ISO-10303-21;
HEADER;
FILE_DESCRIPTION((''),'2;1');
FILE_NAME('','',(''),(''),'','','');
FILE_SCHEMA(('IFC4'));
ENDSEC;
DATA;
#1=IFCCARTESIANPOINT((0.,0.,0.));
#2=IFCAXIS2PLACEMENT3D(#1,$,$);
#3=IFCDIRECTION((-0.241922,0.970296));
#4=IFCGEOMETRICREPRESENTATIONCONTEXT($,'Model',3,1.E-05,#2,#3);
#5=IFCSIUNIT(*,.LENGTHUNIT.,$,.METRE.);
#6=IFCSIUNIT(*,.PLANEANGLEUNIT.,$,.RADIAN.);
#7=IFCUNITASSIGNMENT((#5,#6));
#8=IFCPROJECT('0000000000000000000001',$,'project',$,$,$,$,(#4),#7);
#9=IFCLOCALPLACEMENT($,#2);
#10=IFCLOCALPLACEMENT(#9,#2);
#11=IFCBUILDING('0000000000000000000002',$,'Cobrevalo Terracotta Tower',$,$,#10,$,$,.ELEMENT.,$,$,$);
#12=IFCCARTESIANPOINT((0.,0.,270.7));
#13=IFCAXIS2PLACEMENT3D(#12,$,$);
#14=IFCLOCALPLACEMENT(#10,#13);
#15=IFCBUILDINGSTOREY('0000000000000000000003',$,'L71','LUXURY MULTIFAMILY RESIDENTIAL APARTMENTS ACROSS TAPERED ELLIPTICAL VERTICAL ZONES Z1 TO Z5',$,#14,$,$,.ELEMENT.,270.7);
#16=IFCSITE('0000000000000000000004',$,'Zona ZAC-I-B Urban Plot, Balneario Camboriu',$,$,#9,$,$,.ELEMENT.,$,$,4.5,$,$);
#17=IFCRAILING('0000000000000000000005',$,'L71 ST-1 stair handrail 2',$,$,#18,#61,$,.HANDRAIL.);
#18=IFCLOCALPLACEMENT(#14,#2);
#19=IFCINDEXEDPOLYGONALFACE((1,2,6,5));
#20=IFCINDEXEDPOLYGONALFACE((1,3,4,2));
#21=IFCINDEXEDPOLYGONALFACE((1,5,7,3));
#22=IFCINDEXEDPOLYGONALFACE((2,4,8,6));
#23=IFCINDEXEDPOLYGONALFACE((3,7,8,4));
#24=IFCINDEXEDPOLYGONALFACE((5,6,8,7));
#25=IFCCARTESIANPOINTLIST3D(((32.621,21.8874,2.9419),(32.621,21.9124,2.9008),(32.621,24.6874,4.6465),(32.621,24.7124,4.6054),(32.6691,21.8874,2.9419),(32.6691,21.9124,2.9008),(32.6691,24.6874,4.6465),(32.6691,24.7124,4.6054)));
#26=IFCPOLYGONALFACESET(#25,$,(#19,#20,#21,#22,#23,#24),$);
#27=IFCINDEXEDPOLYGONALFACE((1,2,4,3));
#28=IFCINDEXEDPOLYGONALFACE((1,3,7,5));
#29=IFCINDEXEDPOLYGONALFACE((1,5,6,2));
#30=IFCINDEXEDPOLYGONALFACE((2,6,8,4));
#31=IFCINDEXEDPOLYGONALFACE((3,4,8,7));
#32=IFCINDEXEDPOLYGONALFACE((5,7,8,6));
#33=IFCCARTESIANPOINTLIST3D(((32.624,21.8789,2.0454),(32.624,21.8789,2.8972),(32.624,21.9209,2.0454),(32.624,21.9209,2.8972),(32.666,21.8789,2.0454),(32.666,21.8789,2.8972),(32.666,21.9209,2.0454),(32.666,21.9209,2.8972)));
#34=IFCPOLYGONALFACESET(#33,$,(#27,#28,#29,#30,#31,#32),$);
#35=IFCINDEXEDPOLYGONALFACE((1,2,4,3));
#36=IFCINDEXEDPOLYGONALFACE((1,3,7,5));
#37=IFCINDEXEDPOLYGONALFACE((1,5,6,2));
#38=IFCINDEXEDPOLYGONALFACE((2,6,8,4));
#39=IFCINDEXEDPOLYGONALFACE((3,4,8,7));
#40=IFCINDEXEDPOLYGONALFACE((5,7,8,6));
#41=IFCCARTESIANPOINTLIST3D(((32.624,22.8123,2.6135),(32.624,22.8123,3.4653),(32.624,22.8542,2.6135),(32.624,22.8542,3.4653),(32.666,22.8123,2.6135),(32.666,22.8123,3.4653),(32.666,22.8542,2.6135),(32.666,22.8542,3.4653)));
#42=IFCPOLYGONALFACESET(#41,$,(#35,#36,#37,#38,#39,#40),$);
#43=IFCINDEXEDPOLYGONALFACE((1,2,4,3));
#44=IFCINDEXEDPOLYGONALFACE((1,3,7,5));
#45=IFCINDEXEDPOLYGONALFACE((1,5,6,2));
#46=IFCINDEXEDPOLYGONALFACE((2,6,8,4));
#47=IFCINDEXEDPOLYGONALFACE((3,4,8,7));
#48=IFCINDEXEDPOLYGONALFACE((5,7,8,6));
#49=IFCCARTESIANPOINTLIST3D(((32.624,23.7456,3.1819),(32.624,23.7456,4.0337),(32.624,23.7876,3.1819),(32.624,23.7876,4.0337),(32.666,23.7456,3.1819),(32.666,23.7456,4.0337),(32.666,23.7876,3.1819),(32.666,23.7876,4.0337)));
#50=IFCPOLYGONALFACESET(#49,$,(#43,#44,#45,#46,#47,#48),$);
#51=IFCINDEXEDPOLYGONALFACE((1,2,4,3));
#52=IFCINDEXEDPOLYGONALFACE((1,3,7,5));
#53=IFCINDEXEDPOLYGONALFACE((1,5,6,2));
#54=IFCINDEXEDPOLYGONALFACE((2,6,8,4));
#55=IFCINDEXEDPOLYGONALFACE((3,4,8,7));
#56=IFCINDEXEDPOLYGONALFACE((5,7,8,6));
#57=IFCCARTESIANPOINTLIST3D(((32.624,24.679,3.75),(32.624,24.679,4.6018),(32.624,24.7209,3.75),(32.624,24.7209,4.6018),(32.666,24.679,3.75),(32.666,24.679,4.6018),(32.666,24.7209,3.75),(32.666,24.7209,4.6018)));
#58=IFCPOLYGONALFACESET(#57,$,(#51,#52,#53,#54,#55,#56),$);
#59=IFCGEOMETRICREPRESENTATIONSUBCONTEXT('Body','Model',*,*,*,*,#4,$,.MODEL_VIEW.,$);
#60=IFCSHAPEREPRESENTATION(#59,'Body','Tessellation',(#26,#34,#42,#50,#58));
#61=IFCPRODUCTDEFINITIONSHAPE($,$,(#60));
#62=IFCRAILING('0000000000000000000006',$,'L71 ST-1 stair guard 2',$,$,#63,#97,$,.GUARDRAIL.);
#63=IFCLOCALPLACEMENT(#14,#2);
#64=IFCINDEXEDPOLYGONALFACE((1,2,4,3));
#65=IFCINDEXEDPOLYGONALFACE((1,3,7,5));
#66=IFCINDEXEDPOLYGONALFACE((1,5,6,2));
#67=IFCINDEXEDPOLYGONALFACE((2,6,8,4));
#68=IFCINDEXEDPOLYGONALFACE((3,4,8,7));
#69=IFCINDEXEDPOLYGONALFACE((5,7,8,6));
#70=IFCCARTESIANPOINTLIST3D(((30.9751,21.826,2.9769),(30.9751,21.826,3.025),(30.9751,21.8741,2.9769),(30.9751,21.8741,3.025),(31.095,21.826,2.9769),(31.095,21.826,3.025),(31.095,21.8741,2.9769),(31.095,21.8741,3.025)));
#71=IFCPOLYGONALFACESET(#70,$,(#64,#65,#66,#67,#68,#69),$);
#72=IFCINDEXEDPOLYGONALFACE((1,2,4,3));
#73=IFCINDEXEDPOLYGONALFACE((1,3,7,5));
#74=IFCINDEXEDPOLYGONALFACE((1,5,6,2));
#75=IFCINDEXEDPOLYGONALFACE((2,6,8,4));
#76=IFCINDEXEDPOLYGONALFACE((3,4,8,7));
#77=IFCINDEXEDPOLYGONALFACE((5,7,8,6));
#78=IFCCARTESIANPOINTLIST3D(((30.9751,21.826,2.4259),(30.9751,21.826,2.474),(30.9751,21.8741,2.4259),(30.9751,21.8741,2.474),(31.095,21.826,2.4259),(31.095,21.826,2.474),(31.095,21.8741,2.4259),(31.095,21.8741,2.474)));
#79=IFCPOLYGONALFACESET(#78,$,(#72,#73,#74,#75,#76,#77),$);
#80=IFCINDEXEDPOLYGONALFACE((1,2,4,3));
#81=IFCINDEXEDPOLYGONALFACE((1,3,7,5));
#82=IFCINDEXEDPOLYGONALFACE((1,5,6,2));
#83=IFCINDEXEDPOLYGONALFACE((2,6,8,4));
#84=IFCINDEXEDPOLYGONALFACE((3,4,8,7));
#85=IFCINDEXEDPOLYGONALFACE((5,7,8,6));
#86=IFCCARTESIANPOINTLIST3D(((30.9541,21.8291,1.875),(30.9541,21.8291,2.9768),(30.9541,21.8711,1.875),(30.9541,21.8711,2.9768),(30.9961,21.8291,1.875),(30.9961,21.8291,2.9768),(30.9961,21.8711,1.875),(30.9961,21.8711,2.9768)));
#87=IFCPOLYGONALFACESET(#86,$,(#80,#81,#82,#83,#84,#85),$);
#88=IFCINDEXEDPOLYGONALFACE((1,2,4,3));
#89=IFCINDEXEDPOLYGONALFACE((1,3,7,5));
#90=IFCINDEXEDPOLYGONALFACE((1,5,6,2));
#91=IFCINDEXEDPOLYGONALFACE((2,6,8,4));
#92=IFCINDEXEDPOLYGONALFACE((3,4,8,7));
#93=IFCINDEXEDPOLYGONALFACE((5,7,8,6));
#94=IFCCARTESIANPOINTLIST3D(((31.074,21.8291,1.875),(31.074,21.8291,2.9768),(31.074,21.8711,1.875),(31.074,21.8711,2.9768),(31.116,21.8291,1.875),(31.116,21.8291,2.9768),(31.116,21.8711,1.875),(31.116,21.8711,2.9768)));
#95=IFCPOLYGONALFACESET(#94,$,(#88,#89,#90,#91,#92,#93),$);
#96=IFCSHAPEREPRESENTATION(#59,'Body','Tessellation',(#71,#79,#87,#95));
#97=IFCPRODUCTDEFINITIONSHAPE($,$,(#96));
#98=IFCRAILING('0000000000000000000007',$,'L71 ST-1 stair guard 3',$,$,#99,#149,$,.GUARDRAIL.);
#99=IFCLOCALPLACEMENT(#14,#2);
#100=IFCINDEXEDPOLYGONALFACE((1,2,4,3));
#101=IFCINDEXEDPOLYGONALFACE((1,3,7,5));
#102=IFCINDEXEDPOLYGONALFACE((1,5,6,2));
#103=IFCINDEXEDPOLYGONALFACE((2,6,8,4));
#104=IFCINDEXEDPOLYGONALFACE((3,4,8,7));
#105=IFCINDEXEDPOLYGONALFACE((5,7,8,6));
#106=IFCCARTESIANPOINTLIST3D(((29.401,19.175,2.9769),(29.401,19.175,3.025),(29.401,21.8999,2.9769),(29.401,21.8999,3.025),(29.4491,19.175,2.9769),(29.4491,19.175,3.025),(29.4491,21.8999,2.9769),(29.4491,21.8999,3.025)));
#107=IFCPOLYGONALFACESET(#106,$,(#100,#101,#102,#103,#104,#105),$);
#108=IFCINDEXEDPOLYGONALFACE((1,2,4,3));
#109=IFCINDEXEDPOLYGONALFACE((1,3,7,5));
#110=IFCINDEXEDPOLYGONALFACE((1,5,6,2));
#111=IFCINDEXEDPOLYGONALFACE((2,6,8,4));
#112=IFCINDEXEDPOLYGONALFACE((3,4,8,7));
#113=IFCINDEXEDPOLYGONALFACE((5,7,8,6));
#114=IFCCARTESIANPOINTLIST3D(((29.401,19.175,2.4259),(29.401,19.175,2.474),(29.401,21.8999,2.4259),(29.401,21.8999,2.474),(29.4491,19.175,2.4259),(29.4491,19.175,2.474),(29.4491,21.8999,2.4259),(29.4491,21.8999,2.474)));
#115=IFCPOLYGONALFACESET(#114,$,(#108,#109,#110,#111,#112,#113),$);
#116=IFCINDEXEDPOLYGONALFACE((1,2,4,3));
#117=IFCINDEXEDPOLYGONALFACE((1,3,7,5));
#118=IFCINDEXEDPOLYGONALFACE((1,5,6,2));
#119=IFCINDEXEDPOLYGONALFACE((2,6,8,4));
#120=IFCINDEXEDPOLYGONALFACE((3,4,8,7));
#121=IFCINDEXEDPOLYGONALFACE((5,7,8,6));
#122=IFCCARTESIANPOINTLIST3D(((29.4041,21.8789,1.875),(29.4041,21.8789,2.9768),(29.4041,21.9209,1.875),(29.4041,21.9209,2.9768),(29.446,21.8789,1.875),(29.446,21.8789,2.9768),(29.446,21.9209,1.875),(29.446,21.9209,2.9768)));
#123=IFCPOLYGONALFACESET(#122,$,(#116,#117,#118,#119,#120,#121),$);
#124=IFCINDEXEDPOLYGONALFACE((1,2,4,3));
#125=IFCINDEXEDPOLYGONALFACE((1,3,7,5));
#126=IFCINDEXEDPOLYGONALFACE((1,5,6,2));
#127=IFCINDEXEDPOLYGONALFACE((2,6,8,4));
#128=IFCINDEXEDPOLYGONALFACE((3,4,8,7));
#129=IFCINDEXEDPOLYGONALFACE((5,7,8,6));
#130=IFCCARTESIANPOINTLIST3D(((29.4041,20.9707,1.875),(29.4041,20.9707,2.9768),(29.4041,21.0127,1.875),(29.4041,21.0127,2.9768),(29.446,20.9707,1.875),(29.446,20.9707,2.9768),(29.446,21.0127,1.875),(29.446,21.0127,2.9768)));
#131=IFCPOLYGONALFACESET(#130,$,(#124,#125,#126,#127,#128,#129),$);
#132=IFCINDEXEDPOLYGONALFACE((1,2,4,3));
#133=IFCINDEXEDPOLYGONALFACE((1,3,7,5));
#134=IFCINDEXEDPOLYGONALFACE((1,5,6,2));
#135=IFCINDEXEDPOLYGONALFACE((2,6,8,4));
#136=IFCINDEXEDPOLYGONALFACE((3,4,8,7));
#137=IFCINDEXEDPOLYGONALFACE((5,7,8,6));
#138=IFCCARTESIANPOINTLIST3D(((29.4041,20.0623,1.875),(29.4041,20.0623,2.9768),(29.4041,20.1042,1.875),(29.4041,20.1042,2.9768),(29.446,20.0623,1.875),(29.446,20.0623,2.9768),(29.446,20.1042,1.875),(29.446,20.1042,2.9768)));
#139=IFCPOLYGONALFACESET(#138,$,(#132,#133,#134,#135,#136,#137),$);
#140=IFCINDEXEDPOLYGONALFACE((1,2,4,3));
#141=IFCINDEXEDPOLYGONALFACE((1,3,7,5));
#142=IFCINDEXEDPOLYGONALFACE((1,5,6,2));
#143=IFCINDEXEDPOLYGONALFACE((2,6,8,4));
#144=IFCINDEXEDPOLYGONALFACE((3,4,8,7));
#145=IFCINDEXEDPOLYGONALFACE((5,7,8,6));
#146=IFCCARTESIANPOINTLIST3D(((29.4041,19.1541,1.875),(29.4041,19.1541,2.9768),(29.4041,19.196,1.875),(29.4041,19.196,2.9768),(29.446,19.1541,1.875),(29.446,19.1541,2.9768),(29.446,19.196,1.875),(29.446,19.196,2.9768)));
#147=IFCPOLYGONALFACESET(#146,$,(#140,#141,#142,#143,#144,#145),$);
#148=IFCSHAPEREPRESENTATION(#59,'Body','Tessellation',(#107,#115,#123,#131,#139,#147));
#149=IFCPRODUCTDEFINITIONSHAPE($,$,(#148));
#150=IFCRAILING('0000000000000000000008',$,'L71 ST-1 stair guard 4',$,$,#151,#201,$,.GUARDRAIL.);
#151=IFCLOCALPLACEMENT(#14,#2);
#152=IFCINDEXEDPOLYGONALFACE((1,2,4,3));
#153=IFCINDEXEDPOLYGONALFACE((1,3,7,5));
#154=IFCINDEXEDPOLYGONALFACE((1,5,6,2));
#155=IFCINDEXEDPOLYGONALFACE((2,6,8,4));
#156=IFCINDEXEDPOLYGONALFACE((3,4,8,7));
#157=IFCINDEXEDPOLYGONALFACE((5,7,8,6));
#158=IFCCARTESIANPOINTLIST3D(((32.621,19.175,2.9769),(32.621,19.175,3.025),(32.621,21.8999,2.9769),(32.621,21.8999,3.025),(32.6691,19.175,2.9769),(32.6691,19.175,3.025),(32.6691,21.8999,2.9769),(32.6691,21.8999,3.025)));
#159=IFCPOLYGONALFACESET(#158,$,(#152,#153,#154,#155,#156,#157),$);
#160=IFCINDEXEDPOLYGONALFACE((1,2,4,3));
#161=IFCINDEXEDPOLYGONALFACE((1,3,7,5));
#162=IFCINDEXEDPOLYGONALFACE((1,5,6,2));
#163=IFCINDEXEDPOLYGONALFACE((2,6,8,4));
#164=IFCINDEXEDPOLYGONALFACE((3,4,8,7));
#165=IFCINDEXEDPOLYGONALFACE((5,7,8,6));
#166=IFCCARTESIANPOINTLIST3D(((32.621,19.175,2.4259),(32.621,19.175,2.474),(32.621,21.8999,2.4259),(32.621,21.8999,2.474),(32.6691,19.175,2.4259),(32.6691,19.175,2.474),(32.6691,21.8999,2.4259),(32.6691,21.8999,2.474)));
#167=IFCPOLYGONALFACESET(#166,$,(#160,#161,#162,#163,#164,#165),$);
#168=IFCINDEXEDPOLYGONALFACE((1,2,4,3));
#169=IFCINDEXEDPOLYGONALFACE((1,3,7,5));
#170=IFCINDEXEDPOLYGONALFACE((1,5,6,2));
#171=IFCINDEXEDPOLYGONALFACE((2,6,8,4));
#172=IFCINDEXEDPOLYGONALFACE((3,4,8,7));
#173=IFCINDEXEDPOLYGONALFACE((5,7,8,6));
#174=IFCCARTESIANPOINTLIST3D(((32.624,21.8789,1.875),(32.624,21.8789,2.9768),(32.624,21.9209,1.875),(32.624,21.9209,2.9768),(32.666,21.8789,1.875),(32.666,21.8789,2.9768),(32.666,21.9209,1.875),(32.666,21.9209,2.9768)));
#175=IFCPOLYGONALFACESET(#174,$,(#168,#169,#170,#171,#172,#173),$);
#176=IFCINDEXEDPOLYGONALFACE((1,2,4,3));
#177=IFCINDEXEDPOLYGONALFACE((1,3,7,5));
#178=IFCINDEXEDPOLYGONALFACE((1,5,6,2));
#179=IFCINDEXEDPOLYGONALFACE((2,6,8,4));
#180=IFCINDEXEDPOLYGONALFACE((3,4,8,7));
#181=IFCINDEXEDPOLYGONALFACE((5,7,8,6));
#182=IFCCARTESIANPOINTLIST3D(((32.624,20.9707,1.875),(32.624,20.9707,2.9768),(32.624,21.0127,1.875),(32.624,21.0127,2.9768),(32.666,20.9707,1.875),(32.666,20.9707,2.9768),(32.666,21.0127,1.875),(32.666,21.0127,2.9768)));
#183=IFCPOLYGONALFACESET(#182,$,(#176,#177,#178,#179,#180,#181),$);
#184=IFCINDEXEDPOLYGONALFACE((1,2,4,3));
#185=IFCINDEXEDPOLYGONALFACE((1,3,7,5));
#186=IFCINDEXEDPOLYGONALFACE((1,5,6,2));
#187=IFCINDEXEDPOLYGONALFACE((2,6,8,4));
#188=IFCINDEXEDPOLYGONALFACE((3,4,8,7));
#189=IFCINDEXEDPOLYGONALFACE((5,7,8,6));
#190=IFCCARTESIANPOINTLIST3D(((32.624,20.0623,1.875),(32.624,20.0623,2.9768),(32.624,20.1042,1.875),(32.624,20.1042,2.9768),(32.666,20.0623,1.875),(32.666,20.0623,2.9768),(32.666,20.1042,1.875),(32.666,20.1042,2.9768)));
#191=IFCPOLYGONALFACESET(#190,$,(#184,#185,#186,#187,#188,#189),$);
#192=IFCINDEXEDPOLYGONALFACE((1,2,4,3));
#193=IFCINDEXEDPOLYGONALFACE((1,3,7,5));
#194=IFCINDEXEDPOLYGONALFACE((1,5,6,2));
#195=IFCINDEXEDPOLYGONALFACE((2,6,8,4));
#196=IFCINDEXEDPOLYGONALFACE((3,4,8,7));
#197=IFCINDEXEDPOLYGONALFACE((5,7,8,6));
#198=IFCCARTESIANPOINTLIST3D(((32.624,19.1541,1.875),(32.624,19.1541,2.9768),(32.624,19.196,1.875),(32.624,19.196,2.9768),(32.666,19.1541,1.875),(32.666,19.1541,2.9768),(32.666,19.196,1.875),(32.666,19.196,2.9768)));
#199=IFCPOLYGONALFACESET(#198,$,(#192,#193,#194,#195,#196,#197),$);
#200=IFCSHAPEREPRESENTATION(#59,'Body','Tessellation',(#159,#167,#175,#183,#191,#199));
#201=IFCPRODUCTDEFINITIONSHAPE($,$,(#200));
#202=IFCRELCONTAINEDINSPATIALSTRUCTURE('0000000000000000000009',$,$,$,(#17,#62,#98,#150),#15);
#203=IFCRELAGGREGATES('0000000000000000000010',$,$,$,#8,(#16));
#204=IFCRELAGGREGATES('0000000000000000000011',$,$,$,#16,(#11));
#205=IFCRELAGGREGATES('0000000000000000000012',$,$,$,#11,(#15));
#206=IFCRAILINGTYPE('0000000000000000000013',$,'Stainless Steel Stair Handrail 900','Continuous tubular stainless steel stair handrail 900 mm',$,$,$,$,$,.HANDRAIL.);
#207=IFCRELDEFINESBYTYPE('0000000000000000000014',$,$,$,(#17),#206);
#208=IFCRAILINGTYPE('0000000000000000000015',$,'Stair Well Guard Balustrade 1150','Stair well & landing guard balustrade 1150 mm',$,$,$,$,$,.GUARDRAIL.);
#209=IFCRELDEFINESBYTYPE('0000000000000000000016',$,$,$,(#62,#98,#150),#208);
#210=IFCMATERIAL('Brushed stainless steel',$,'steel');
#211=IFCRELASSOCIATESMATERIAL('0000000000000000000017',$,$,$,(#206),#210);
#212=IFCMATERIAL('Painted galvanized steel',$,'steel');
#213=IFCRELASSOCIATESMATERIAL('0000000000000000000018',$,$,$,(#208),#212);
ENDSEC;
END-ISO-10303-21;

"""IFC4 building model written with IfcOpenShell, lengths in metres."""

from ifc_helpers import new_model, si_unit, direction, frame, origin, origin_2d, place, context, subcontext, project, spatial, rectangle, extrude, material, type_object, element, save


model = new_model("IFC4")

# Units and contexts
model_context = context("Model", 3, precision=1e-05, world=origin(), true_north=direction((-0.241922, 0.970296)))
body_context = subcontext(model_context, "Body", "Model", "MODEL_VIEW")
ifc_project = project(units=[si_unit("LENGTHUNIT", "METRE"), si_unit("PLANEANGLEUNIT", "RADIAN")], contexts=[model_context])

# Site, building, storey
site_placement = place(None, origin())
site = spatial("IfcSite", under=ifc_project, at=site_placement, Name="Zona ZAC-I-B Urban Plot, Balneario Camboriu", CompositionType="ELEMENT", RefElevation=4.5)
building_placement = place(site_placement, origin())
building = spatial("IfcBuilding", under=site, at=building_placement, Name="Cobrevalo Terracotta Tower", CompositionType="ELEMENT")
storey_placement = place(building_placement, frame((0.0, 0.0, 270.7)))
storey = spatial("IfcBuildingStorey", under=building, at=storey_placement, Name="L71", Description="LUXURY MULTIFAMILY RESIDENTIAL APARTMENTS ACROSS TAPERED ELLIPTICAL VERTICAL ZONES Z1 TO Z5", CompositionType="ELEMENT", Elevation=270.7)

# Railings
ifc_material_1 = material(Name="Brushed stainless steel", Category="steel")
railing_type_1 = type_object("IfcRailingType", Name="Stainless Steel Stair Handrail 900", Description="Continuous tubular stainless steel stair handrail 900 mm", PredefinedType="HANDRAIL", material=ifc_material_1)
railing_1_placement = place(storey_placement, frame((32.645, 21.8999, 2.0454)))
element("IfcRailing", 1, at=railing_1_placement, inside=storey, type_object=railing_type_1, Name="L71 ST-1 stair handrail 2", PredefinedType="HANDRAIL", context=body_context, shape_type="SweptSolid", body=[
    extrude(rectangle(XDim=0.0481, YDim=0.0481, at=origin_2d()), frame((0.0, 0.0, 0.876), z_axis=(0.0, 0.85417, 0.519994), x_axis=(-1.0, 0.0, 0.0)), (0.0, 0.0, 1.0), 3.2781),
    extrude(rectangle(XDim=0.042, YDim=0.042, at=origin_2d()), origin(), (0.0, 0.0, 1.0), 0.8518),
    extrude(rectangle(XDim=0.042, YDim=0.042, at=origin_2d()), frame((0.0, 0.9333, 0.5681)), (0.0, 0.0, 1.0), 0.8518),
    extrude(rectangle(XDim=0.042, YDim=0.042, at=origin_2d()), frame((0.0, 1.8667, 1.1365)), (0.0, 0.0, 1.0), 0.8518),
    extrude(rectangle(XDim=0.042, YDim=0.042, at=origin_2d()), frame((0.0, 2.8, 1.7046)), (0.0, 0.0, 1.0), 0.8518),
])
ifc_material_2 = material(Name="Painted galvanized steel", Category="steel")
railing_type_2 = type_object("IfcRailingType", Name="Stair Well Guard Balustrade 1150", Description="Stair well & landing guard balustrade 1150 mm", PredefinedType="GUARDRAIL", material=ifc_material_2)
railing_2_placement = place(storey_placement, frame((30.9751, 21.8501, 1.875)))
element("IfcRailing", 2, at=railing_2_placement, inside=storey, type_object=railing_type_2, Name="L71 ST-1 stair guard 2", PredefinedType="GUARDRAIL", context=body_context, shape_type="SweptSolid", body=[
    extrude(rectangle(XDim=0.0481, YDim=0.0481, at=origin_2d()), frame((0.0, 0.0, 1.126), z_axis=(1.0, 0.0, 0.0), x_axis=(0.0, 1.0, 0.0)), (0.0, 0.0, 1.0), 0.1199),
    extrude(rectangle(XDim=0.0481, YDim=0.0481, at=origin_2d()), frame((0.0, 0.0, 0.575), z_axis=(1.0, 0.0, 0.0), x_axis=(0.0, 1.0, 0.0)), (0.0, 0.0, 1.0), 0.1199),
    extrude(rectangle(XDim=0.042, YDim=0.042, at=origin_2d()), origin(), (0.0, 0.0, 1.0), 1.1018),
    extrude(rectangle(XDim=0.042, YDim=0.042, at=origin_2d()), frame((0.1199, 0.0, 0.0)), (0.0, 0.0, 1.0), 1.1018),
])
for number, where, name in (
    (3, (29.425, 21.8999, 1.875), "L71 ST-1 stair guard 3"),
    (4, (32.645, 21.8999, 1.875), "L71 ST-1 stair guard 4"),
):
    element("IfcRailing", number, at=place(storey_placement, frame(where)), inside=storey, type_object=railing_type_2, Name=name, PredefinedType="GUARDRAIL", context=body_context, shape_type="SweptSolid", body=[
        extrude(rectangle(XDim=0.0481, YDim=0.0481, at=origin_2d()), frame((0.0, 0.0, 1.126), z_axis=(0.0, -1.0, 0.0), x_axis=(1.0, 0.0, 0.0)), (0.0, 0.0, 1.0), 2.7249),
        extrude(rectangle(XDim=0.0481, YDim=0.0481, at=origin_2d()), frame((0.0, 0.0, 0.575), z_axis=(0.0, -1.0, 0.0), x_axis=(1.0, 0.0, 0.0)), (0.0, 0.0, 1.0), 2.7249),
        extrude(rectangle(XDim=0.042, YDim=0.042, at=origin_2d()), origin(), (0.0, 0.0, 1.0), 1.1018),
        extrude(rectangle(XDim=0.042, YDim=0.042, at=origin_2d()), frame((0.0, -0.9082, 0.0)), (0.0, 0.0, 1.0), 1.1018),
        extrude(rectangle(XDim=0.042, YDim=0.042, at=origin_2d()), frame((0.0, -1.8167, 0.0)), (0.0, 0.0, 1.0), 1.1018),
        extrude(rectangle(XDim=0.042, YDim=0.042, at=origin_2d()), frame((0.0, -2.7249, 0.0)), (0.0, 0.0, 1.0), 1.1018),
    ])

save(model, "model.ifc")
